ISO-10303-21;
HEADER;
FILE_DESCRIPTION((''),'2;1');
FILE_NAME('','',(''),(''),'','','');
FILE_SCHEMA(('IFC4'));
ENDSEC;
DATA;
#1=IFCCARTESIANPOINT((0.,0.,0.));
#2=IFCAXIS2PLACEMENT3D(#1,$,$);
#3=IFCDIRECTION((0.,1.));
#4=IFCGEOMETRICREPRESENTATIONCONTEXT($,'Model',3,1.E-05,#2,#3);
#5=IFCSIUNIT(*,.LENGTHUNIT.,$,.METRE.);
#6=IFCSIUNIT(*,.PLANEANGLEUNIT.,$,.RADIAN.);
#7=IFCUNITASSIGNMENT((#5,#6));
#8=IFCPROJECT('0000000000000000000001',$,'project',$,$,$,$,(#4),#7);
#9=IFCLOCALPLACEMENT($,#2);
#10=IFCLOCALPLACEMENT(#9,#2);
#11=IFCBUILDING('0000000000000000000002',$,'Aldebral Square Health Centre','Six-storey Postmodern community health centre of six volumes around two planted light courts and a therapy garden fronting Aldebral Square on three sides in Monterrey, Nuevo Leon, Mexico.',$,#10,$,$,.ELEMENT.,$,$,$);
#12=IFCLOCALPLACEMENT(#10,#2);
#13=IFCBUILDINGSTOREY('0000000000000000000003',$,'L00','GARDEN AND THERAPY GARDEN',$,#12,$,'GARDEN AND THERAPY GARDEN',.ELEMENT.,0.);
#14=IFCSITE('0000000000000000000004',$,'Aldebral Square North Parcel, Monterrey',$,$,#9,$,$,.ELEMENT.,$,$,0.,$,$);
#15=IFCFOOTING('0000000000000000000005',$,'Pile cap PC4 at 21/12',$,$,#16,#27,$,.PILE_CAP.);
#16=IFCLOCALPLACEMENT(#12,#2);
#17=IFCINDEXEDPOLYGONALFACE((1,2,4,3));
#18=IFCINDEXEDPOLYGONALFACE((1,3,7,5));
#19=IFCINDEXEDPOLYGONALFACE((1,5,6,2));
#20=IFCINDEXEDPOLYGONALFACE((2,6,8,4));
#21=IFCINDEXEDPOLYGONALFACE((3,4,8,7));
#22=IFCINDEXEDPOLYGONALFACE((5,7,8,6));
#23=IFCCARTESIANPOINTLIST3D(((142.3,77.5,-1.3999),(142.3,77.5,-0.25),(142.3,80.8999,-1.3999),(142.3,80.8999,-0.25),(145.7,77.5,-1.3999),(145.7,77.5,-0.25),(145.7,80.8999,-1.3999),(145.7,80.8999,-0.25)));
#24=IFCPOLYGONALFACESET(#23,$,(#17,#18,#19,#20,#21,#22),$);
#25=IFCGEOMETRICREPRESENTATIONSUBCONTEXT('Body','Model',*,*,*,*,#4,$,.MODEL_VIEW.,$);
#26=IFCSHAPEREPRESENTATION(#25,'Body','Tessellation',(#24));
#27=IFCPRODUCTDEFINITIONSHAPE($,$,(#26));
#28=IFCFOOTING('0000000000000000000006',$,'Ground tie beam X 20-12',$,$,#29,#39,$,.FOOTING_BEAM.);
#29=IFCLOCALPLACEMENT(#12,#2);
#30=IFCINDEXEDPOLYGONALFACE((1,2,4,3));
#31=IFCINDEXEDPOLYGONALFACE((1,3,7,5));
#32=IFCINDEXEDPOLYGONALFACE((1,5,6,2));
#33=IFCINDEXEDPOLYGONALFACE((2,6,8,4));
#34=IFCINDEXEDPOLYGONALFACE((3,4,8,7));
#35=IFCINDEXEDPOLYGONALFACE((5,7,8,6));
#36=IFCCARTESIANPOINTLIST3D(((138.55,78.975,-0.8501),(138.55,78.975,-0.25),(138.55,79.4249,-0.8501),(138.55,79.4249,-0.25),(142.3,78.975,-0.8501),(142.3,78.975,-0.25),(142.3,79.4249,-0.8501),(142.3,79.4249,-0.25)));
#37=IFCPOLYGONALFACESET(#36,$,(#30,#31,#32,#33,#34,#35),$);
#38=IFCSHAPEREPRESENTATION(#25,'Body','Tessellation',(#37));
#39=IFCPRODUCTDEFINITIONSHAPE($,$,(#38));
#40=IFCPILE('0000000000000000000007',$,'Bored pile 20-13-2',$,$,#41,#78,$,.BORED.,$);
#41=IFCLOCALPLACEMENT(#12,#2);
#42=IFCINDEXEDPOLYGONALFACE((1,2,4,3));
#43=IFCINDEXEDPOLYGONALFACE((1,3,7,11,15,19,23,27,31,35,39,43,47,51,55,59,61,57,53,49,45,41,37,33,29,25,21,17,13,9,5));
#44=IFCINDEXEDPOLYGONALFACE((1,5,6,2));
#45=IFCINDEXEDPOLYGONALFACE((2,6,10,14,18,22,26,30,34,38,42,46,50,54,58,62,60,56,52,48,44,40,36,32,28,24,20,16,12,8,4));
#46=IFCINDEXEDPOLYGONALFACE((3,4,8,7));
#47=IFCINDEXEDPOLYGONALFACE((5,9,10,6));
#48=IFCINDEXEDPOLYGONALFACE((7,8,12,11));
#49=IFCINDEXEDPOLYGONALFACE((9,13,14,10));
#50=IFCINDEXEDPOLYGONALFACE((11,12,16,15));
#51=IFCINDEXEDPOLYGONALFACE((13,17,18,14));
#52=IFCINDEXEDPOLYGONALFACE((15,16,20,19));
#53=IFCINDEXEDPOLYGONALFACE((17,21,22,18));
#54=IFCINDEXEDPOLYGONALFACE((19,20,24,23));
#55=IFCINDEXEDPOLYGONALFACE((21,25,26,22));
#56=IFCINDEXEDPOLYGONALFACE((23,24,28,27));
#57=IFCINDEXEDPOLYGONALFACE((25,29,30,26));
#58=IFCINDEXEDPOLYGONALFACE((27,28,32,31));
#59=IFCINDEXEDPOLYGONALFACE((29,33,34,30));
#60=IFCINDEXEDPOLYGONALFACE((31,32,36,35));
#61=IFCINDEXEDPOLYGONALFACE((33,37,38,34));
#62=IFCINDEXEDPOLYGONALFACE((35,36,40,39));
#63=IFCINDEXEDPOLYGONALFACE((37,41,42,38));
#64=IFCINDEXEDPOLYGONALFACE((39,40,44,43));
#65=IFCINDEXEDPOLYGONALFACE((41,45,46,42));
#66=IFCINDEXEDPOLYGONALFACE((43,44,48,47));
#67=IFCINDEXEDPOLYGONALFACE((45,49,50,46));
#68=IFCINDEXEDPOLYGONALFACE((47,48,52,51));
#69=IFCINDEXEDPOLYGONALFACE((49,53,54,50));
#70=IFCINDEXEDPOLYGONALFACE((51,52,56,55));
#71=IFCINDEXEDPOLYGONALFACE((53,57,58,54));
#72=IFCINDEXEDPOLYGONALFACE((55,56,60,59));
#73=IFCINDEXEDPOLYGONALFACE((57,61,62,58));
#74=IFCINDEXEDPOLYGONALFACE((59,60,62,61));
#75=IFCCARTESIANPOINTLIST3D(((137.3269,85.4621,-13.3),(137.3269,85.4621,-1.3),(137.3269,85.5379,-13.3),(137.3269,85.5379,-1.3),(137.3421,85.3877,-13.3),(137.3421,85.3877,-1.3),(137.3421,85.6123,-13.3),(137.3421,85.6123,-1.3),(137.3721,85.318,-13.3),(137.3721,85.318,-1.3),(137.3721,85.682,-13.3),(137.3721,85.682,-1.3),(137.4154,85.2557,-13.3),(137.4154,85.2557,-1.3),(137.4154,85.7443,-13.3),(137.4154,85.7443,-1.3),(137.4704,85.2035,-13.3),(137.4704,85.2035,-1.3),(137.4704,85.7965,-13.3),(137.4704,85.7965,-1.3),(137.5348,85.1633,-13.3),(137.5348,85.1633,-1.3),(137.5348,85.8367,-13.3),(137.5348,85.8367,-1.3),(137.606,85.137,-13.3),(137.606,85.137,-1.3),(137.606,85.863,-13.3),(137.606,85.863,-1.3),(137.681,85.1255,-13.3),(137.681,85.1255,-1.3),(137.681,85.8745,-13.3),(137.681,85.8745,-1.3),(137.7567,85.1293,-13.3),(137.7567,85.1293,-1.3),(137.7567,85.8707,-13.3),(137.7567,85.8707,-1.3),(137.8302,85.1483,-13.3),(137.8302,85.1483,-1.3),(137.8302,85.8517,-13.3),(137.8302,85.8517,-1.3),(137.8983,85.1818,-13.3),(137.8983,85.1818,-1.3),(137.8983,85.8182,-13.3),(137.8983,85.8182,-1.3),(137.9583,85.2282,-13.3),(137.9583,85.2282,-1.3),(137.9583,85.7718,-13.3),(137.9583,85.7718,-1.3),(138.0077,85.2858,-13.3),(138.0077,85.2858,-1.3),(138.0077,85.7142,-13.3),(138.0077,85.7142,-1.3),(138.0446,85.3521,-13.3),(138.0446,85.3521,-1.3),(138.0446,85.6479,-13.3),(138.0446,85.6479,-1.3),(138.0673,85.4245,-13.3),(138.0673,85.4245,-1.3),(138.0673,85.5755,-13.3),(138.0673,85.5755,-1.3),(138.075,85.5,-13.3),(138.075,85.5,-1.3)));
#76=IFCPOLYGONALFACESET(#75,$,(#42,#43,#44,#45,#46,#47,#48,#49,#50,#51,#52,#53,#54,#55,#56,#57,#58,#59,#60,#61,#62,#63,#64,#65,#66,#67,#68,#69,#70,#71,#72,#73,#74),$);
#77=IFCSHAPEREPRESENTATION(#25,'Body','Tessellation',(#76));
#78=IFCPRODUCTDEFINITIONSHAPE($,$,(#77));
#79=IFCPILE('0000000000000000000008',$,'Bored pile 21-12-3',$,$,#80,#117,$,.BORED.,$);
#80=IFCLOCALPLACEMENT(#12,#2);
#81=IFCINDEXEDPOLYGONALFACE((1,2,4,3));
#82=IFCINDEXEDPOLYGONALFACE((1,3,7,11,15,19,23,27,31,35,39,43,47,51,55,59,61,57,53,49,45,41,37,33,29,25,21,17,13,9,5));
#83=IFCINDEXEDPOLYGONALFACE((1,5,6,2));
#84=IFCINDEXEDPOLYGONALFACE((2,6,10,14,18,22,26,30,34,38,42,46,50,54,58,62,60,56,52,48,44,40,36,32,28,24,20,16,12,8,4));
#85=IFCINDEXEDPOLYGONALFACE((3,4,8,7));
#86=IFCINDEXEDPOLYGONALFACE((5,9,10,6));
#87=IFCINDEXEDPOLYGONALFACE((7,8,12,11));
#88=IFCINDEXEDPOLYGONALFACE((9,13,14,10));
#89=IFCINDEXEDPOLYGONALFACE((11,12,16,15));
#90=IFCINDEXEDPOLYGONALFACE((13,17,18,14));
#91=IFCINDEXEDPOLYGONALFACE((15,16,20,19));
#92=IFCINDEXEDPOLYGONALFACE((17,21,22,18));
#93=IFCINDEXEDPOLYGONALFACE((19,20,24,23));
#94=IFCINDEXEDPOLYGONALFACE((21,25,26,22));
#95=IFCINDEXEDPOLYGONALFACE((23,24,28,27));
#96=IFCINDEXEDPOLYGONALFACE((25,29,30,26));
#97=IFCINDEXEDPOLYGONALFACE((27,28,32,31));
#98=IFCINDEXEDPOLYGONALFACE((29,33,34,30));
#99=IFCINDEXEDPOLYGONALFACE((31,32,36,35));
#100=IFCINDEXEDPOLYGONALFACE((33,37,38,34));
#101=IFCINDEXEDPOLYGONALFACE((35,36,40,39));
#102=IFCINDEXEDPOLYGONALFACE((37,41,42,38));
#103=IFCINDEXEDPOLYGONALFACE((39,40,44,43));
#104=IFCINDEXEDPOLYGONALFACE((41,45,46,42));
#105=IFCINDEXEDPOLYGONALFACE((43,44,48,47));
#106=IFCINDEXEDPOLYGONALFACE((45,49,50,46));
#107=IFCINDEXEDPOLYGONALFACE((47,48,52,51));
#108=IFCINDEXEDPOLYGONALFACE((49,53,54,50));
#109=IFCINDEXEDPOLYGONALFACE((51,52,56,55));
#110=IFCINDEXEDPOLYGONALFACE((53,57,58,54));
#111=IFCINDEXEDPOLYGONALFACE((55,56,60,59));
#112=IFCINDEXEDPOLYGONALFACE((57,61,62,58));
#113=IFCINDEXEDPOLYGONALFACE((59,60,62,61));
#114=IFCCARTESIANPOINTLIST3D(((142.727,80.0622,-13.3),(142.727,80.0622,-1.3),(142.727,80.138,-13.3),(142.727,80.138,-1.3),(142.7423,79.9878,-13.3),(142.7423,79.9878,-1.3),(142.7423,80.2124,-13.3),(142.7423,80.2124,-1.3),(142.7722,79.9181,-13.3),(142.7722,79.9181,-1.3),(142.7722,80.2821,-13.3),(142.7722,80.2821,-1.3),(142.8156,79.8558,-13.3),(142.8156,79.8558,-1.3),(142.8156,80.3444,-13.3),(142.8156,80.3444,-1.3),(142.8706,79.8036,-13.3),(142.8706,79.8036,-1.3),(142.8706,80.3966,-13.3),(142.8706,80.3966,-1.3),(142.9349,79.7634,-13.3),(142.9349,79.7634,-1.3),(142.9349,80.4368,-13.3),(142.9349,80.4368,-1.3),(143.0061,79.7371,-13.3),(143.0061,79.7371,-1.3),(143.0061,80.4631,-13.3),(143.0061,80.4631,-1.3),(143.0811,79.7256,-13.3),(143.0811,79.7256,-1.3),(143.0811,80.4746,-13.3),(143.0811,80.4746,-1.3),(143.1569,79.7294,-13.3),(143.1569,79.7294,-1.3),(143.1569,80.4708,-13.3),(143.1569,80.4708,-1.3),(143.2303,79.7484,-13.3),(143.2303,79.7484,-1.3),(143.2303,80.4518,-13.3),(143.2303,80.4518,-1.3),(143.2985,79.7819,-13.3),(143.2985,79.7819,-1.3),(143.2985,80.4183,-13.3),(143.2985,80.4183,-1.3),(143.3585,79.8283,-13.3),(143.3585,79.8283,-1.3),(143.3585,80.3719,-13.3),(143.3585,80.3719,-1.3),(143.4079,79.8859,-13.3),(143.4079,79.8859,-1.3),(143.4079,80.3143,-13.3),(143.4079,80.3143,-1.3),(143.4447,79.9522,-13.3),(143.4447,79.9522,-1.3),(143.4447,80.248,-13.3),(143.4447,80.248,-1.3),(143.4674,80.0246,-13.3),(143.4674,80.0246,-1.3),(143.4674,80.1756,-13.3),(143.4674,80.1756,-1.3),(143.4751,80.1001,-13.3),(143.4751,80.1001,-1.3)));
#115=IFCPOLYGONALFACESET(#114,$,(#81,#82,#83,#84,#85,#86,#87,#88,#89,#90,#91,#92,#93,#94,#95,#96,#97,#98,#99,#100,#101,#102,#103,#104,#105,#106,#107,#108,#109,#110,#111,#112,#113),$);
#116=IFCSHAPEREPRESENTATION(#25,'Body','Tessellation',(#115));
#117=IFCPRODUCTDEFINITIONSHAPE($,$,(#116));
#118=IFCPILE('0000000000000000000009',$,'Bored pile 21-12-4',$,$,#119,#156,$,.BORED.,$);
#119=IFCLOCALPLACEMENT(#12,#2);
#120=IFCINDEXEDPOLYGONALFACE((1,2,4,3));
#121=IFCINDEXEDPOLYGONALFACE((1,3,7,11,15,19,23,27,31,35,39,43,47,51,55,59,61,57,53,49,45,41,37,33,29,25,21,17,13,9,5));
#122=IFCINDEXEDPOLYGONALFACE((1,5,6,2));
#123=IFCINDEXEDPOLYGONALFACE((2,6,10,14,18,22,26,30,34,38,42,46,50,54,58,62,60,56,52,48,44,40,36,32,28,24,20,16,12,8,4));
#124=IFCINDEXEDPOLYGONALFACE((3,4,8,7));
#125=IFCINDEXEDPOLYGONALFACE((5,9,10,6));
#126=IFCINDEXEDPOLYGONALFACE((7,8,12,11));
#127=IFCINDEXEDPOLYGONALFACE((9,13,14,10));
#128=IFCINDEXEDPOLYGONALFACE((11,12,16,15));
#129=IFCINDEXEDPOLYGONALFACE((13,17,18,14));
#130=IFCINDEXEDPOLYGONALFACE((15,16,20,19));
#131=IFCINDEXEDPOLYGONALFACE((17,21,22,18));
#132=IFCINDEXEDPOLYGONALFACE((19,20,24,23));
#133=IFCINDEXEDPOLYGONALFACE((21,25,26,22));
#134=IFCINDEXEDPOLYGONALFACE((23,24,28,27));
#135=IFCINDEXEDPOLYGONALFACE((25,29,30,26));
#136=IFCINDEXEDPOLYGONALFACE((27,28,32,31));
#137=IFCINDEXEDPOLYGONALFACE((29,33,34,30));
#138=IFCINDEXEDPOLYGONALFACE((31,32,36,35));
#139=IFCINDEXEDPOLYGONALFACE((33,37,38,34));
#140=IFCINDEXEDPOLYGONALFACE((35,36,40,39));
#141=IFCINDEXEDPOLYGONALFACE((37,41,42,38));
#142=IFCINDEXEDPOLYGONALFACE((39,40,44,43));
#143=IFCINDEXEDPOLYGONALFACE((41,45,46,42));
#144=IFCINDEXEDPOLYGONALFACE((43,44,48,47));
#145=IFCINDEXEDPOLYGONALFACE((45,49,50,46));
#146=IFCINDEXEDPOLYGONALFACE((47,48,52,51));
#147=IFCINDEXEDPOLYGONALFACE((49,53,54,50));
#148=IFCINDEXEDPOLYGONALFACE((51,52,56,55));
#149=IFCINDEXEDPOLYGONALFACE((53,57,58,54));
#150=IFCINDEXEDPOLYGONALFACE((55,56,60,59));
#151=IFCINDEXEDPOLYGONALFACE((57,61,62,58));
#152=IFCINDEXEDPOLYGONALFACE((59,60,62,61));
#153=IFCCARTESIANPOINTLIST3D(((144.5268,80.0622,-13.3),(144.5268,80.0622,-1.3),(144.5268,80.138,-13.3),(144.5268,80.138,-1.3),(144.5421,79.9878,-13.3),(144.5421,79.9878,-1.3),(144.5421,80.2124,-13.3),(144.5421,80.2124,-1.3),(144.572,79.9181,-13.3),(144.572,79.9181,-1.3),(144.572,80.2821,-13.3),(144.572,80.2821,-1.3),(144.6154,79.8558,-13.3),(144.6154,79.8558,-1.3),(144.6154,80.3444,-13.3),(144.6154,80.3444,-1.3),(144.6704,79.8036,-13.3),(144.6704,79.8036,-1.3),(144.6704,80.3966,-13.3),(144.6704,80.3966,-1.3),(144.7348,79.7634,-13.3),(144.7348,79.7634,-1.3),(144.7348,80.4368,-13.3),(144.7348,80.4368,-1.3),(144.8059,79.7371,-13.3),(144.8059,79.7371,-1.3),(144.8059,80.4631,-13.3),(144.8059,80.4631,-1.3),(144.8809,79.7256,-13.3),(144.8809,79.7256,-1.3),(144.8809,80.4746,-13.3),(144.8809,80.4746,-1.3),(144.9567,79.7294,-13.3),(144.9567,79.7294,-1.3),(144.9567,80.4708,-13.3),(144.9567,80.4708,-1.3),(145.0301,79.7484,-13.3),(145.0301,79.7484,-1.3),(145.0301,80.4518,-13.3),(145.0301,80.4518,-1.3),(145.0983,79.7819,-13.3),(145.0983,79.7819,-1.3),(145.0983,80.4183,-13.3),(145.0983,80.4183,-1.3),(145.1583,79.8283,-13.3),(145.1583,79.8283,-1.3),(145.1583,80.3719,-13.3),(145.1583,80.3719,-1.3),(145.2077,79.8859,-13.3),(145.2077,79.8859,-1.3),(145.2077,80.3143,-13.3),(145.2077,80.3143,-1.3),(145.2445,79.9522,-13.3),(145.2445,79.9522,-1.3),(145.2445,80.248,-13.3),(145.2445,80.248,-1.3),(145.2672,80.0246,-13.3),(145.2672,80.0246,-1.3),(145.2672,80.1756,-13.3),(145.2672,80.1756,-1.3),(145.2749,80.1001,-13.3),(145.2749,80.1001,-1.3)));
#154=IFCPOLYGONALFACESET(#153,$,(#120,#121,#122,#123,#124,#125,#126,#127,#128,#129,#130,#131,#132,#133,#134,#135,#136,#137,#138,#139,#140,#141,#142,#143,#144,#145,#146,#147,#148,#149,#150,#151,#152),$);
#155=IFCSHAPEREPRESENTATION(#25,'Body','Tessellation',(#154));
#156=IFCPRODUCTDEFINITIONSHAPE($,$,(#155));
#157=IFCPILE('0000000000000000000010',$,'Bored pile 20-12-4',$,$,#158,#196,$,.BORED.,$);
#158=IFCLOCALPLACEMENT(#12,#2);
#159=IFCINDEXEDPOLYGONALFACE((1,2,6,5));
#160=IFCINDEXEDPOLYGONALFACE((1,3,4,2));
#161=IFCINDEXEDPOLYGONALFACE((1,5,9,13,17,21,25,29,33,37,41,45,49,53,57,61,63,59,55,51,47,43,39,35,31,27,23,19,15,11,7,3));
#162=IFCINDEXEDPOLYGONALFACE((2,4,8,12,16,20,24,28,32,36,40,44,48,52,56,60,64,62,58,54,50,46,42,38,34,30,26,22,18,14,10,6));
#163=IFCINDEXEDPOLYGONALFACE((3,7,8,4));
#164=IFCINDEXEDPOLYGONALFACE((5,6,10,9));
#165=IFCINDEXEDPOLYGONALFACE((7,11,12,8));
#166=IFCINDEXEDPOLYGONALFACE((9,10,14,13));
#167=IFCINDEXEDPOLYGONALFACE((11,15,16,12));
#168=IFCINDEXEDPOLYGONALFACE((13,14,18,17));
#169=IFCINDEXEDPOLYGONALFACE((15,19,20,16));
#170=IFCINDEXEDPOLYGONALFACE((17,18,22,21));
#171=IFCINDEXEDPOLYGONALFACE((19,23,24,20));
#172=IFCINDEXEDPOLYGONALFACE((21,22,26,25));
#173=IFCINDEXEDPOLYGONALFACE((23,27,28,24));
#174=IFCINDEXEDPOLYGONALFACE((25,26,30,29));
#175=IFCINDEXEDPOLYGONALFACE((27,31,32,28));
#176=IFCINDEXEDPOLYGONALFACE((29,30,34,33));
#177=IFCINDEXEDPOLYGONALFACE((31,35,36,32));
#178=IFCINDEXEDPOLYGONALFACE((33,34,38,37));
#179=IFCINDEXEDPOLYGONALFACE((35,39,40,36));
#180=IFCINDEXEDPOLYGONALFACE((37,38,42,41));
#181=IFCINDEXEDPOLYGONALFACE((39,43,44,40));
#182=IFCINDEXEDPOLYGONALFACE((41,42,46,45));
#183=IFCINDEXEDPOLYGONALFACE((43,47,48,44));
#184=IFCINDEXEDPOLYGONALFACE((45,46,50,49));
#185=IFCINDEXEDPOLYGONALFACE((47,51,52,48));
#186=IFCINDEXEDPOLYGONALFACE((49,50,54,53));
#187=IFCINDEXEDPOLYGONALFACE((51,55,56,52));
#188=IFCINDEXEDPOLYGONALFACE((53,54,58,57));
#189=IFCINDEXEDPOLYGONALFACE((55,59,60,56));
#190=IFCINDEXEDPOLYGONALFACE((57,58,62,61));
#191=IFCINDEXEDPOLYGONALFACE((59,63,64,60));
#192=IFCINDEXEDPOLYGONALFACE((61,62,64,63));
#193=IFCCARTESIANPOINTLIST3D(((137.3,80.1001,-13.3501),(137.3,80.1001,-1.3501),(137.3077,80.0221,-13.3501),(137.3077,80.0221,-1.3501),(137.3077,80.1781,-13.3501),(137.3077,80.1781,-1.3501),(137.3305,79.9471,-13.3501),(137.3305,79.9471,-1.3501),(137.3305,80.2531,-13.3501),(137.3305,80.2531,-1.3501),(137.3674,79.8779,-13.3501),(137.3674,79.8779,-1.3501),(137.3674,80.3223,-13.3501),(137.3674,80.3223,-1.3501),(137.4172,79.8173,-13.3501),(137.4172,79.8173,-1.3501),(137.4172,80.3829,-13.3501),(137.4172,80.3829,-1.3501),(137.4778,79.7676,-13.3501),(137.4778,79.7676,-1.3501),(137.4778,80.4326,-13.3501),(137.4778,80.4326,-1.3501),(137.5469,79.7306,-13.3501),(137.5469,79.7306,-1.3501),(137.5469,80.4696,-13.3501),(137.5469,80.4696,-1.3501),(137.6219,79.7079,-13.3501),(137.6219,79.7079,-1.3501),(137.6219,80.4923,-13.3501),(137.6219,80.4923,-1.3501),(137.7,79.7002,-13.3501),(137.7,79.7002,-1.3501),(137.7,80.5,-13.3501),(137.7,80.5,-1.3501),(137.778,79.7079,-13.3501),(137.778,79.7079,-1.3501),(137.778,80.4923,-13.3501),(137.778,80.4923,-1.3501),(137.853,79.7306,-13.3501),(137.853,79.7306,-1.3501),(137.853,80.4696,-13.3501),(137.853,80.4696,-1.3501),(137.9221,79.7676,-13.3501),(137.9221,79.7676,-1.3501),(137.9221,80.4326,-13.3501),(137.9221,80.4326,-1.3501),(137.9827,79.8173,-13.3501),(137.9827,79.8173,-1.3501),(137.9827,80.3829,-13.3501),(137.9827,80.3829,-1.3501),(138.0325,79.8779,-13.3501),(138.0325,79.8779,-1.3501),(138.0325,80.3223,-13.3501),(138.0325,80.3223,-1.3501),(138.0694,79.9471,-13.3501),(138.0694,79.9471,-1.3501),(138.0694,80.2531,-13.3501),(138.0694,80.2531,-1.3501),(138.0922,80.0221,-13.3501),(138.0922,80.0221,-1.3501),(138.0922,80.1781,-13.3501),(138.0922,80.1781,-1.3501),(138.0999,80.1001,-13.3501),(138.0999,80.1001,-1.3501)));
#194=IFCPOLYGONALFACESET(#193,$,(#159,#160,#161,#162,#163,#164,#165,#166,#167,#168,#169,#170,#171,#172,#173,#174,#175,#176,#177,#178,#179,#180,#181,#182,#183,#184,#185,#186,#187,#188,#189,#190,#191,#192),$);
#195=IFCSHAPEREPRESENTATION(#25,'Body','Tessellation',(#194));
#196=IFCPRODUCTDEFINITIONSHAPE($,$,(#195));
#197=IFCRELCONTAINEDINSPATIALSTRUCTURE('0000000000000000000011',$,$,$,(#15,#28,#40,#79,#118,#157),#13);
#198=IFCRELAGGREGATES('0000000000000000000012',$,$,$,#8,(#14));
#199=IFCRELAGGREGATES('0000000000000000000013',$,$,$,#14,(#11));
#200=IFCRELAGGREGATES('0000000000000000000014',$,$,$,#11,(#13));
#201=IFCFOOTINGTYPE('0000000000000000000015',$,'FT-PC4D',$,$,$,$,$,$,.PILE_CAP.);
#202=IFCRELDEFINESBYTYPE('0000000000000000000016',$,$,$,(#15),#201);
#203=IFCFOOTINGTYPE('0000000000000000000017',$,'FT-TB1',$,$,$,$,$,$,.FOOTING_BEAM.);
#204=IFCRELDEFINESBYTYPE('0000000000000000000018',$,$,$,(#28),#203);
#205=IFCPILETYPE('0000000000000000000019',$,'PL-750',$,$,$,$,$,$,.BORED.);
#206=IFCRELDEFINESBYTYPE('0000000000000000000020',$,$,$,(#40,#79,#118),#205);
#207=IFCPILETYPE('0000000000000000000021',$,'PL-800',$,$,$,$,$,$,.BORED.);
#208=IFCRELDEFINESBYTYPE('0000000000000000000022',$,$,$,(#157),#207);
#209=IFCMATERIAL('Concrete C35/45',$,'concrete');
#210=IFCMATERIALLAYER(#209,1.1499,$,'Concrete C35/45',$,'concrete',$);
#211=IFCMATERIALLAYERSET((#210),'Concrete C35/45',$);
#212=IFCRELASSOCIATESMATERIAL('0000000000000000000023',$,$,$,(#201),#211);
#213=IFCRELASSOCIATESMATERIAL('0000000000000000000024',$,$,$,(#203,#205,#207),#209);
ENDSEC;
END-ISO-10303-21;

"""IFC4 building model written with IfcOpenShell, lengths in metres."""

from ifc_helpers import new_model, si_unit, direction, frame, origin, origin_2d, place, context, subcontext, project, spatial, rectangle, circle, extrude, material, layer, layer_set, material_profile, profile_set, type_object, element, save


model = new_model("IFC4")

# Units and contexts
model_context = context("Model", 3, precision=1e-05, world=origin(), true_north=direction((0.0, 1.0)))
body_context = subcontext(model_context, "Body", "Model", "MODEL_VIEW")
ifc_project = project(units=[si_unit("LENGTHUNIT", "METRE"), si_unit("PLANEANGLEUNIT", "RADIAN")], contexts=[model_context])

# Site, building, storey
site_placement = place(None, origin())
site = spatial("IfcSite", under=ifc_project, at=site_placement, Name="Aldebral Square North Parcel, Monterrey", CompositionType="ELEMENT", RefElevation=0.0)
building_placement = place(site_placement, origin())
building = spatial("IfcBuilding", under=site, at=building_placement, Name="Aldebral Square Health Centre", Description="Six-storey Postmodern community health centre of six volumes around two planted light courts and a therapy garden fronting Aldebral Square on three sides in Monterrey, Nuevo Leon, Mexico.", CompositionType="ELEMENT")
storey_placement = place(building_placement, origin())
storey = spatial("IfcBuildingStorey", under=building, at=storey_placement, Name="L00", Description="GARDEN AND THERAPY GARDEN", LongName="GARDEN AND THERAPY GARDEN", CompositionType="ELEMENT", Elevation=0.0)

# Footings
ifc_material_1 = material(Name="Concrete C35/45", Category="concrete")
ifc_layer_1 = layer(ifc_material_1, 1.1499, Name="Concrete C35/45", Category="concrete")
ifc_layer_set_1 = layer_set([ifc_layer_1], Name="Concrete C35/45")
footing_type_1 = type_object("IfcFootingType", Name="FT-PC4D", PredefinedType="PILE_CAP", material=ifc_layer_set_1)
footing_1_placement = place(storey_placement, frame((144.0, 79.2, -1.3999), z_axis=(0.0, 0.0, 1.0), x_axis=(1.0, 0.0, 0.0)))
element("IfcFooting", 1, at=footing_1_placement, inside=storey, type_object=footing_type_1, Name="Pile cap PC4 at 21/12", PredefinedType="PILE_CAP", context=body_context, shape_type="SweptSolid", body=[
    extrude(rectangle(XDim=3.3999, YDim=3.3999, at=origin_2d()), origin(), (0.0, 0.0, 1.0), 1.1499),
])
ifc_material_profile_1 = material_profile(ifc_material_1, rectangle(XDim=0.45, YDim=0.6001, at=origin_2d()), Name="RC 450x600")
ifc_profile_set_1 = profile_set([ifc_material_profile_1], Name="Concrete C35/45")
footing_type_2 = type_object("IfcFootingType", Name="FT-TB1", PredefinedType="FOOTING_BEAM", material=ifc_profile_set_1)
footing_2_placement = place(storey_placement, frame((138.55, 79.2, -0.55), z_axis=(1.0, 0.0, 0.0), x_axis=(0.0, 1.0, 0.0)))
element("IfcFooting", 2, at=footing_2_placement, inside=storey, type_object=footing_type_2, Name="Ground tie beam X 20-12", PredefinedType="FOOTING_BEAM", context=body_context, shape_type="SweptSolid", body=[
    extrude(rectangle(XDim=0.45, YDim=0.6001, at=origin_2d()), origin(), (0.0, 0.0, 1.0), 3.75),
])

# Piles
ifc_material_profile_2 = material_profile(ifc_material_1, circle(Radius=0.375, at=origin_2d()), Name="PILE D750")
ifc_profile_set_2 = profile_set([ifc_material_profile_2], Name="Concrete C35/45")
pile_type_1 = type_object("IfcPileType", Name="PL-750", PredefinedType="BORED", material=ifc_profile_set_2)
for number, where, z_axis, x_axis, name in (
    (3, (137.7, 85.5, -1.3), (0.0, 0.0, -1.0), (1.0, 0.0, 0.0), "Bored pile 20-13-2"),
    (4, (143.1001, 80.1001, -1.3), (0.0, 0.0, -1.0), (1.0, 0.0, 0.0), "Bored pile 21-12-3"),
    (5, (144.8999, 80.1001, -1.3), (0.0, 0.0, -1.0), (1.0, 0.0, 0.0), "Bored pile 21-12-4"),
):
    element("IfcPile", number, at=place(storey_placement, frame(where, z_axis=z_axis, x_axis=x_axis)), inside=storey, type_object=pile_type_1, Name=name, PredefinedType="BORED", context=body_context, shape_type="SweptSolid", body=[
        extrude(circle(Radius=0.375, at=origin_2d()), origin(), (0.0, 0.0, 1.0), 12.0),
    ])
ifc_material_profile_3 = material_profile(ifc_material_1, circle(Radius=0.3999, at=origin_2d()), Name="PILE D800")
ifc_profile_set_3 = profile_set([ifc_material_profile_3], Name="Concrete C35/45")
pile_type_2 = type_object("IfcPileType", Name="PL-800", PredefinedType="BORED", material=ifc_profile_set_3)
for number, where, z_axis, x_axis, name in (
    (6, (137.7, 80.1001, -1.3501), (0.0, 0.0, -1.0), (1.0, 0.0, 0.0), "Bored pile 20-12-4"),
):
    element("IfcPile", number, at=place(storey_placement, frame(where, z_axis=z_axis, x_axis=x_axis)), inside=storey, type_object=pile_type_2, Name=name, PredefinedType="BORED", context=body_context, shape_type="SweptSolid", body=[
        extrude(circle(Radius=0.3999, at=origin_2d()), origin(), (0.0, 0.0, 1.0), 12.0),
    ])

save(model, "model.ifc")
